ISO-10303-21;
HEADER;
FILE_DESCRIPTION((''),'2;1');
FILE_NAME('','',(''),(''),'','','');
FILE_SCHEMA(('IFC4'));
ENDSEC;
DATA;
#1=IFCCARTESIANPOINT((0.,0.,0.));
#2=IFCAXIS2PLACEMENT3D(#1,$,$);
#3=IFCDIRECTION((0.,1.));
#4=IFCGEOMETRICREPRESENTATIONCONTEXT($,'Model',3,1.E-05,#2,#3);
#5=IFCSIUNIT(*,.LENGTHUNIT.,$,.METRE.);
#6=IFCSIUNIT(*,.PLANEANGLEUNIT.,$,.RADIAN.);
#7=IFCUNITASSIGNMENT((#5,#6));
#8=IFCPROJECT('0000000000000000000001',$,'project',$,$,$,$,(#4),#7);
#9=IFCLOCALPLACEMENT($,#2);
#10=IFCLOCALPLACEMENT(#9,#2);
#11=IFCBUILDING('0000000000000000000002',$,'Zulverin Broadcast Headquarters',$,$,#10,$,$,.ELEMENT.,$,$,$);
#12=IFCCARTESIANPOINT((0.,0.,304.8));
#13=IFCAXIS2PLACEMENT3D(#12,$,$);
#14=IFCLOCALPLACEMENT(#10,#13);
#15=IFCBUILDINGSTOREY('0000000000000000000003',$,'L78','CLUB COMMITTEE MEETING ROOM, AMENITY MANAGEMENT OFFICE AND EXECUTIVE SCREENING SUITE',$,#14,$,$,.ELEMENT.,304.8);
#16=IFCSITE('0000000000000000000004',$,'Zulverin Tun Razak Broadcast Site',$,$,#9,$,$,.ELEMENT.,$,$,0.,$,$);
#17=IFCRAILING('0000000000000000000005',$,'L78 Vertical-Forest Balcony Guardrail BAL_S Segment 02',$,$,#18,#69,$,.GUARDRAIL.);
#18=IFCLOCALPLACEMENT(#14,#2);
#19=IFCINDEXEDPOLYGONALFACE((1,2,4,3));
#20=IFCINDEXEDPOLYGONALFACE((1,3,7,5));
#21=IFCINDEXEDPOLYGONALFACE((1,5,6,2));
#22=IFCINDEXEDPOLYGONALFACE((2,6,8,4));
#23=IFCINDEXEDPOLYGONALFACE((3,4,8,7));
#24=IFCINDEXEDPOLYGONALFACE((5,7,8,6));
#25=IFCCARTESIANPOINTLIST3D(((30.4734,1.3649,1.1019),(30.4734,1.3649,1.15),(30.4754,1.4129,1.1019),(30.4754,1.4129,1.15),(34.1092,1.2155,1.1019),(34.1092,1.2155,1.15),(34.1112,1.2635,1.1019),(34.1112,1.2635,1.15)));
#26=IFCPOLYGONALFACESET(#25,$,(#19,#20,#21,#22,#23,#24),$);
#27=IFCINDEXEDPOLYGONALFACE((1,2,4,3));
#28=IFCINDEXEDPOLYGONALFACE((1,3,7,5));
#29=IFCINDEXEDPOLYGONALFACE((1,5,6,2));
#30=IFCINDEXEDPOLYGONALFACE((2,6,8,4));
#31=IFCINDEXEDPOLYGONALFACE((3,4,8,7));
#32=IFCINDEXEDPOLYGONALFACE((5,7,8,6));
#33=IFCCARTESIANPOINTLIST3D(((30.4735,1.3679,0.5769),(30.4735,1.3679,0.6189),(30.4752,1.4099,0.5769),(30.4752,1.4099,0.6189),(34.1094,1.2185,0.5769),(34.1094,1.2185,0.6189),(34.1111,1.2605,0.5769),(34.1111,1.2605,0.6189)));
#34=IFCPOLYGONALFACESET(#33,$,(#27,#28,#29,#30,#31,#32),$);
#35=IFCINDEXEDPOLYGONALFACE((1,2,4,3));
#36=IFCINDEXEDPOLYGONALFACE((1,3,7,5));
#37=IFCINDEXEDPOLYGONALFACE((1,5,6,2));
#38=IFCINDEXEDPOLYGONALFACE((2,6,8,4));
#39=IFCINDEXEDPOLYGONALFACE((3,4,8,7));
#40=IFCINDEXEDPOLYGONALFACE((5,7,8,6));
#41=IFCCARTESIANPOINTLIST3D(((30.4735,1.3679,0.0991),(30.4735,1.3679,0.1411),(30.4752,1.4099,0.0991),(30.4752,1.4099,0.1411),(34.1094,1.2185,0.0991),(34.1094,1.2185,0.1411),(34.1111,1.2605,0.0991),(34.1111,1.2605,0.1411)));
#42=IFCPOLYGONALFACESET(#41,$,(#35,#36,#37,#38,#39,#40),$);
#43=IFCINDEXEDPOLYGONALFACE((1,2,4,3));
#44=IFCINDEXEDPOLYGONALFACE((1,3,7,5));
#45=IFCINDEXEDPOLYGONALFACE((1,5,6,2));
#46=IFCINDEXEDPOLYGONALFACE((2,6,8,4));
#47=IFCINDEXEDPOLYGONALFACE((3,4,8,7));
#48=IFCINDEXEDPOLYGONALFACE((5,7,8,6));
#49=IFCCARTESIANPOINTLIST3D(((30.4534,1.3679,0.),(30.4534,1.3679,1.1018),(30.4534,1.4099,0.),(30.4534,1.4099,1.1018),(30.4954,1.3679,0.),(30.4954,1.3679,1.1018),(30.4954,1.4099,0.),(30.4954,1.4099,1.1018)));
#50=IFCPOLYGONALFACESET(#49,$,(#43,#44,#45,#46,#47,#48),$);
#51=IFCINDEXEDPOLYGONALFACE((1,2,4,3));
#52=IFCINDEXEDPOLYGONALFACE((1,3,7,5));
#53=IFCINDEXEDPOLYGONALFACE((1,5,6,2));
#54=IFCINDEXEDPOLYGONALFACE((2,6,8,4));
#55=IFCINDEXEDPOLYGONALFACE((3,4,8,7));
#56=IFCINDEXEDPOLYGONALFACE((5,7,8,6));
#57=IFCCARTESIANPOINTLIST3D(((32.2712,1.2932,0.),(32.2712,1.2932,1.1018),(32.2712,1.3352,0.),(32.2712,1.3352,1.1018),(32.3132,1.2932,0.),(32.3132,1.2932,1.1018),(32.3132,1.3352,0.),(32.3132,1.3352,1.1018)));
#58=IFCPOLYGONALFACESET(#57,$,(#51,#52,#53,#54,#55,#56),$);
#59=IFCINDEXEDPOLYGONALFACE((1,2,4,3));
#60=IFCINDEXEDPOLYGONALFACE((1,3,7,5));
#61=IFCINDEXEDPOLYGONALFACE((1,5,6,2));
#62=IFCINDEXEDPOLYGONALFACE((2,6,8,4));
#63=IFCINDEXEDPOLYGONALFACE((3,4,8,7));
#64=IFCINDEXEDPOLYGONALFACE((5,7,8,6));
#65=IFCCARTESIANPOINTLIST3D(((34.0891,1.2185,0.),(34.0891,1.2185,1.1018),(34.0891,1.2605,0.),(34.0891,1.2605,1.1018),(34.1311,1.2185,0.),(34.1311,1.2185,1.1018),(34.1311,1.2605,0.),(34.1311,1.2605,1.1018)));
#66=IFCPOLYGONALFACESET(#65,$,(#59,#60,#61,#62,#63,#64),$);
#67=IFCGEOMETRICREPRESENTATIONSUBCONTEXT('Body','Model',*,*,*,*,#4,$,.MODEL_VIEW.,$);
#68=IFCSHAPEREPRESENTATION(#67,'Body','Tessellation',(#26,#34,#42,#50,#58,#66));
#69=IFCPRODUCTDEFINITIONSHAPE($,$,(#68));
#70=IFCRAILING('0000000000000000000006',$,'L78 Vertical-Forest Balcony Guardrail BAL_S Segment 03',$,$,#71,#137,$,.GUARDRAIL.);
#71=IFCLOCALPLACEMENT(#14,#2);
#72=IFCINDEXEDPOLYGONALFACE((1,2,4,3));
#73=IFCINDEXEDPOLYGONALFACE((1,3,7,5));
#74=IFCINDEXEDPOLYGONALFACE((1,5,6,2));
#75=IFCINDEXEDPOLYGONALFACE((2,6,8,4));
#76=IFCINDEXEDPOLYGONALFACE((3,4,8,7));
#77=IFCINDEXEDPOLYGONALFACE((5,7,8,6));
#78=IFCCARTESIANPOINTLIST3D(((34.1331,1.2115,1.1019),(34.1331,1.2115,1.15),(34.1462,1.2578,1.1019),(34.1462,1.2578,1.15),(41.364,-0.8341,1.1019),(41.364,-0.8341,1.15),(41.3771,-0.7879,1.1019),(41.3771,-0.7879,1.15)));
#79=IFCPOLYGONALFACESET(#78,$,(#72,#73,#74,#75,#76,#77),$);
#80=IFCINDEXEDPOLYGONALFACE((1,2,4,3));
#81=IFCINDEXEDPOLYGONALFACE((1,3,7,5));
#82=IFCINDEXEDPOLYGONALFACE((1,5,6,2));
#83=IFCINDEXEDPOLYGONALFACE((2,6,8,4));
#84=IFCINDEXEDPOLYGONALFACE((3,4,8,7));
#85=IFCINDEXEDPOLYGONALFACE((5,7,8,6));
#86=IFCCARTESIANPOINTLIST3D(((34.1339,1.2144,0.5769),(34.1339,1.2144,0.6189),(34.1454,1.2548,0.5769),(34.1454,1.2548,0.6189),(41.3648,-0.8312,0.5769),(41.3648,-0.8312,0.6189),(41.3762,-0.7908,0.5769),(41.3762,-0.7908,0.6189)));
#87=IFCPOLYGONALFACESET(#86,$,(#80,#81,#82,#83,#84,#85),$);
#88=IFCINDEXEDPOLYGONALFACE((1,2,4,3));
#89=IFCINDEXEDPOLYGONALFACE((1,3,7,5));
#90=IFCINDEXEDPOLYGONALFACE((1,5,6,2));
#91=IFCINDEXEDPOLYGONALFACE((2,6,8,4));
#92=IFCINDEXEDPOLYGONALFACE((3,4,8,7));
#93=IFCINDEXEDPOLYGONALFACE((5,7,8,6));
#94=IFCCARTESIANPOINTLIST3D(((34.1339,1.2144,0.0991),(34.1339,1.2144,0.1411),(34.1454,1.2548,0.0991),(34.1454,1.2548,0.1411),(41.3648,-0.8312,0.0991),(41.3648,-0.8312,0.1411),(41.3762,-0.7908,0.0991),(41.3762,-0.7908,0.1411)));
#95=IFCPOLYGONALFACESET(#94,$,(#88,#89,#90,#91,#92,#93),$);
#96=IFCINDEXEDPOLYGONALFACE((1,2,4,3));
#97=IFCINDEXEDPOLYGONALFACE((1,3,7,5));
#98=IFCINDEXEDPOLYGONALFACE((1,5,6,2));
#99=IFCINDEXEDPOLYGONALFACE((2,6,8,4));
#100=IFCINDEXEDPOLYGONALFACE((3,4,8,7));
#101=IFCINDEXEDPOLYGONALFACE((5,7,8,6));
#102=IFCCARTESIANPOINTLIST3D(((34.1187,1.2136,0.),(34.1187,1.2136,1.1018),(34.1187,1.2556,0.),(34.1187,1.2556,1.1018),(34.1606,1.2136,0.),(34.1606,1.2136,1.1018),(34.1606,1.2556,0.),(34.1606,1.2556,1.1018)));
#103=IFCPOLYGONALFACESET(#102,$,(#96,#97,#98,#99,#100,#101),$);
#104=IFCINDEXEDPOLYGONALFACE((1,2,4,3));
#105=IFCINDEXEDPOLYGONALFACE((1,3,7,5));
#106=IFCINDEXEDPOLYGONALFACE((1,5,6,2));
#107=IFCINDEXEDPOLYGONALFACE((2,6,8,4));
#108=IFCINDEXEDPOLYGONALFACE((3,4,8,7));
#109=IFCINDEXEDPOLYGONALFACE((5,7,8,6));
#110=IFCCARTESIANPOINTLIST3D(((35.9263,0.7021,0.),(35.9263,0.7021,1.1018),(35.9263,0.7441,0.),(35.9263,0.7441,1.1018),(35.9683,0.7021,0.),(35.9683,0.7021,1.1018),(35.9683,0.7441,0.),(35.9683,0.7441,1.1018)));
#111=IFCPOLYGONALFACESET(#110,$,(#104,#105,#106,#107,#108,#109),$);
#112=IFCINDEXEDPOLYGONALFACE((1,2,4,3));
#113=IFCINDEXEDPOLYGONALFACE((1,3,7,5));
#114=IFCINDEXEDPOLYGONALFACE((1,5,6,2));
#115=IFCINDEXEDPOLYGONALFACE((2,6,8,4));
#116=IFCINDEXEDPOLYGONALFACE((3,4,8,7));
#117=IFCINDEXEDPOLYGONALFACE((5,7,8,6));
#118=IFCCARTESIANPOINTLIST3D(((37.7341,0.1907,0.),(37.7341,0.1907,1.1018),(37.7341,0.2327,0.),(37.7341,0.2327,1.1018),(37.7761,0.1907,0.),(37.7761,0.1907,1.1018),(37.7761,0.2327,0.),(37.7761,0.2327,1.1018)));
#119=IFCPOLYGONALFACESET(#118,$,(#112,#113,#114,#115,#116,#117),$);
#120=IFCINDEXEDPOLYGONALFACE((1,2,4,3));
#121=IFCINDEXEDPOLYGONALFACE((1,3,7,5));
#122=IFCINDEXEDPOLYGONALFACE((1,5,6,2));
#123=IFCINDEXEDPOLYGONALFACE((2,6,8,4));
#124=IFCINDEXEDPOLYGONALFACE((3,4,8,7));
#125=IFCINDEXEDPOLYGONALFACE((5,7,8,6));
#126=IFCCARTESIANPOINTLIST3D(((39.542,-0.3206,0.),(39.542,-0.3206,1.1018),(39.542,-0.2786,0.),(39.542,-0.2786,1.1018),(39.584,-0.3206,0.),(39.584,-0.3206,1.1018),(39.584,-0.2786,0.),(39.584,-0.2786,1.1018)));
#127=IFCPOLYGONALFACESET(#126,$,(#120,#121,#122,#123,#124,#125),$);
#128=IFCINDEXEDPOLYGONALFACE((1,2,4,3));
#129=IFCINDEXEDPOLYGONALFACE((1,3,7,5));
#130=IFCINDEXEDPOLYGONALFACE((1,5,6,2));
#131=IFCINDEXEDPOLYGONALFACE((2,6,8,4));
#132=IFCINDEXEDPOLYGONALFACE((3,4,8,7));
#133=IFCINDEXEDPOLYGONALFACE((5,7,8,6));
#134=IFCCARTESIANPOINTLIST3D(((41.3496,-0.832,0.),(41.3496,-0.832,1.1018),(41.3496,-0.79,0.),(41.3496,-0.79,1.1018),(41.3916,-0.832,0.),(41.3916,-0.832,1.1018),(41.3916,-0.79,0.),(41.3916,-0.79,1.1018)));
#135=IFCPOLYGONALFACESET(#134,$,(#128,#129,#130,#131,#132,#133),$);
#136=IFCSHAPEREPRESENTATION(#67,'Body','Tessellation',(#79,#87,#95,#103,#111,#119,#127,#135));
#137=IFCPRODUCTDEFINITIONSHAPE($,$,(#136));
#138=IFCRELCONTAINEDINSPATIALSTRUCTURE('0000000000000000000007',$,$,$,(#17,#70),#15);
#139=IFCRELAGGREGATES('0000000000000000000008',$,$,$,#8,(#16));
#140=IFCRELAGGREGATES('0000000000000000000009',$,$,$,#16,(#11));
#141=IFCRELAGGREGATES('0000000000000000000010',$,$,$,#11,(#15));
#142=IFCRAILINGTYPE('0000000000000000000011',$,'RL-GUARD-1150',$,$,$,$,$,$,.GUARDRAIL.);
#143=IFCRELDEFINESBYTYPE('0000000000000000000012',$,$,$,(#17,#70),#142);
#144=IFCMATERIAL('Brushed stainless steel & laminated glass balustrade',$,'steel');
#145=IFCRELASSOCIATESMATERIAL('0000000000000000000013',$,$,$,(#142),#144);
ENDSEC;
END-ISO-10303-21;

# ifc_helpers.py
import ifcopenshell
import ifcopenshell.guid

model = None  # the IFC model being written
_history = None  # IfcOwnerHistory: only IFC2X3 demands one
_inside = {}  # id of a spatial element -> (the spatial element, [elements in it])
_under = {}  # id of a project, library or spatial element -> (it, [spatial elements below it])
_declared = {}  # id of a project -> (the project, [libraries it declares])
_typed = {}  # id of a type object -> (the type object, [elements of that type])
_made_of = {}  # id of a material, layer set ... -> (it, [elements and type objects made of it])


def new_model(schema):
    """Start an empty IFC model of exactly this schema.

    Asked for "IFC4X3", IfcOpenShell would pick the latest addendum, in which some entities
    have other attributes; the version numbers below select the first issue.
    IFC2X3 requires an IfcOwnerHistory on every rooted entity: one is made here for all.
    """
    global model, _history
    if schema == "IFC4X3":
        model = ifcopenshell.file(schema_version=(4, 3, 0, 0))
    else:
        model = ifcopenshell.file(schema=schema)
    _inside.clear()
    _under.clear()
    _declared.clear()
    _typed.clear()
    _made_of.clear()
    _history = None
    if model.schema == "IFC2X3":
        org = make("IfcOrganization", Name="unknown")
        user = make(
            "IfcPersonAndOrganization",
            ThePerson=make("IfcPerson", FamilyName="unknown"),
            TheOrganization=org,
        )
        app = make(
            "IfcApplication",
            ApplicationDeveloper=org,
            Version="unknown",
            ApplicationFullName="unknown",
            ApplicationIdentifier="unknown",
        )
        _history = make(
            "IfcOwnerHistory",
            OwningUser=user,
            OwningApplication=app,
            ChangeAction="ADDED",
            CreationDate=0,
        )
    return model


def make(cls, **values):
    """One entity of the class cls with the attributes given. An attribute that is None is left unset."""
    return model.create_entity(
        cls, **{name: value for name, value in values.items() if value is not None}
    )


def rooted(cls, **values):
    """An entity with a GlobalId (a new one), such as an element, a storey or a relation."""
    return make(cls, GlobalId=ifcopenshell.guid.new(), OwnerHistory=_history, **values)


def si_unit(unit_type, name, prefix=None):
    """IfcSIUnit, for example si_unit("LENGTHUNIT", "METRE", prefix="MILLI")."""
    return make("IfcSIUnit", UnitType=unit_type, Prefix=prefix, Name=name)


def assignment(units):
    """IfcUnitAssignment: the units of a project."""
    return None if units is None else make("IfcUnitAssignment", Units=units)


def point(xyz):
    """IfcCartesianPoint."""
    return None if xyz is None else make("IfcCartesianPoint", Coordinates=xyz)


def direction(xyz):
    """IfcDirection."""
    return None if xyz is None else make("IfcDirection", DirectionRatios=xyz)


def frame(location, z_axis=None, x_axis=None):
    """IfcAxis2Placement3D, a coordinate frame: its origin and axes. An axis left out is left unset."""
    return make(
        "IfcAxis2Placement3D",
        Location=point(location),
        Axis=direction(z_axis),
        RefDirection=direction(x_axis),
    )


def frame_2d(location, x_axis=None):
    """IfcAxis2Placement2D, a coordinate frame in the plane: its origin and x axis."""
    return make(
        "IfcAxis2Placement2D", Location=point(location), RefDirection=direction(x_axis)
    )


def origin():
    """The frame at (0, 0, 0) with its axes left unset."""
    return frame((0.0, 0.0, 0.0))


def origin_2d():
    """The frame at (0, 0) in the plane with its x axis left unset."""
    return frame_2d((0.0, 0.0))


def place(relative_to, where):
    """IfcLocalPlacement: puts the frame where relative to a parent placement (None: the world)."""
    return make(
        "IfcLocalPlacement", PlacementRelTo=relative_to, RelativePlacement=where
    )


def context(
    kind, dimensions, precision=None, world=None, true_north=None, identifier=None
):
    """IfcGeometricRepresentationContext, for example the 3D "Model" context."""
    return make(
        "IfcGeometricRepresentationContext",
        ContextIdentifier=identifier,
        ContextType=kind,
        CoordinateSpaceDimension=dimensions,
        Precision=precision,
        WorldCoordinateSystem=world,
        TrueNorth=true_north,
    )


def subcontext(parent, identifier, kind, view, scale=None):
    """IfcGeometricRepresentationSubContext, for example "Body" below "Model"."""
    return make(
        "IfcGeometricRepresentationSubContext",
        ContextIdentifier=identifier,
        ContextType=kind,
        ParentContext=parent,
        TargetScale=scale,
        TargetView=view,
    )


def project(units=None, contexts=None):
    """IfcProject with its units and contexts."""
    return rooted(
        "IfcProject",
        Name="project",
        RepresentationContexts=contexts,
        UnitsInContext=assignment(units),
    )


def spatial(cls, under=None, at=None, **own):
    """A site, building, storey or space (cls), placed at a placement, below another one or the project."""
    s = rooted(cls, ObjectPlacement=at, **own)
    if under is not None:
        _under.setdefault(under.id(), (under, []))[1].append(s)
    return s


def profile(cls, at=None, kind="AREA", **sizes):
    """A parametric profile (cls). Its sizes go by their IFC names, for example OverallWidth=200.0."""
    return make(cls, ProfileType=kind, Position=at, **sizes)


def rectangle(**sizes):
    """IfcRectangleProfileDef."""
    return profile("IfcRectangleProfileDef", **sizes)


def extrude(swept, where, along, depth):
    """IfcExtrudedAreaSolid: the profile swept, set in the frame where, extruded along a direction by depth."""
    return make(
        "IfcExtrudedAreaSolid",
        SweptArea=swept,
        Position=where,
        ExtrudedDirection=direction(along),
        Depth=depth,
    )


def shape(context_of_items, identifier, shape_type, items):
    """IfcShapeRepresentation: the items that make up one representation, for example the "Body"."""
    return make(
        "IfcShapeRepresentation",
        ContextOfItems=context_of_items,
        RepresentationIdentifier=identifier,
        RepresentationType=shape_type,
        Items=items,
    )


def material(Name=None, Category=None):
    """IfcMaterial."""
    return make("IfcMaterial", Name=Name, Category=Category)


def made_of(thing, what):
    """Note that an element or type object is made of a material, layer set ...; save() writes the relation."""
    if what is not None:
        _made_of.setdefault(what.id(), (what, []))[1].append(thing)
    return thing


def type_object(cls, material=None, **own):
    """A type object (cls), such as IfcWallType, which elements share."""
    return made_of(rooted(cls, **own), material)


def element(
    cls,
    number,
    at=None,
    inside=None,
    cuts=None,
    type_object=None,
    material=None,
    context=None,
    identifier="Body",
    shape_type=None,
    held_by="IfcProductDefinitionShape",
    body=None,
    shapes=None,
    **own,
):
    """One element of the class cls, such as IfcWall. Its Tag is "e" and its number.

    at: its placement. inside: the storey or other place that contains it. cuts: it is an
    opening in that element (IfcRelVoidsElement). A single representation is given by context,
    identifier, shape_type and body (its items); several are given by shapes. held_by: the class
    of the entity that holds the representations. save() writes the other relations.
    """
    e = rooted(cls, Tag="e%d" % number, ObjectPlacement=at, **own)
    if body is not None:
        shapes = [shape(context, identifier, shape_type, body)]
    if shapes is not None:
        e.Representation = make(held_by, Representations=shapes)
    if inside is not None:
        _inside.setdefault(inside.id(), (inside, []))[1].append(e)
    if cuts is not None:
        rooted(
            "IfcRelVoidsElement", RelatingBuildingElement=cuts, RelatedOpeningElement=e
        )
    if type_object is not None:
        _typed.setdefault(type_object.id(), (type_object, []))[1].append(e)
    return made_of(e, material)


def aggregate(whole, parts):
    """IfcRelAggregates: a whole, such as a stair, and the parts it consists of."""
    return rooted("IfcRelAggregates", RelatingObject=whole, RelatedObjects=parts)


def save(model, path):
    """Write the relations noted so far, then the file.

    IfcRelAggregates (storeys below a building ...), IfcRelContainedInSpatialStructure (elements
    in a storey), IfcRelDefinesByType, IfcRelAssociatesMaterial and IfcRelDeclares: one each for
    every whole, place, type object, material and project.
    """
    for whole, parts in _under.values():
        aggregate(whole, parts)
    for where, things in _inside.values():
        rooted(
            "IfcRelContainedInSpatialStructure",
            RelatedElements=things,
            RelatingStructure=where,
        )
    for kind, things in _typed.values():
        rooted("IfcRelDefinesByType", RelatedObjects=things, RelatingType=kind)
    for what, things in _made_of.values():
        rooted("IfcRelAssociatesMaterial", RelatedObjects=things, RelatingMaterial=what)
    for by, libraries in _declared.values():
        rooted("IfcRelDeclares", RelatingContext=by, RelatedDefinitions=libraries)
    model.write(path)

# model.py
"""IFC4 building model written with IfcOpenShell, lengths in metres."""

from ifc_helpers import new_model, si_unit, direction, frame, origin, origin_2d, place, context, subcontext, project, spatial, rectangle, extrude, material, type_object, element, save


model = new_model("IFC4")

# Units and contexts
model_context = context("Model", 3, precision=1e-05, world=origin(), true_north=direction((0.0, 1.0)))
body_context = subcontext(model_context, "Body", "Model", "MODEL_VIEW")
ifc_project = project(units=[si_unit("LENGTHUNIT", "METRE"), si_unit("PLANEANGLEUNIT", "RADIAN")], contexts=[model_context])

# Site, building, storey
site_placement = place(None, origin())
site = spatial("IfcSite", under=ifc_project, at=site_placement, Name="Zulverin Tun Razak Broadcast Site", CompositionType="ELEMENT", RefElevation=0.0)
building_placement = place(site_placement, origin())
building = spatial("IfcBuilding", under=site, at=building_placement, Name="Zulverin Broadcast Headquarters", CompositionType="ELEMENT")
storey_placement = place(building_placement, frame((0.0, 0.0, 304.8)))
storey = spatial("IfcBuildingStorey", under=building, at=storey_placement, Name="L78", Description="CLUB COMMITTEE MEETING ROOM, AMENITY MANAGEMENT OFFICE AND EXECUTIVE SCREENING SUITE", CompositionType="ELEMENT", Elevation=304.8)

# Railings
ifc_material_1 = material(Name="Brushed stainless steel & laminated glass balustrade", Category="steel")
railing_type = type_object("IfcRailingType", Name="RL-GUARD-1150", PredefinedType="GUARDRAIL", material=ifc_material_1)
railing_1_placement = place(storey_placement, frame((30.4744, 1.3889, 0.0)))
element("IfcRailing", 1, at=railing_1_placement, inside=storey, type_object=railing_type, Name="L78 Vertical-Forest Balcony Guardrail BAL_S Segment 02", PredefinedType="GUARDRAIL", context=body_context, shape_type="SweptSolid", body=[
    extrude(rectangle(XDim=0.0481, YDim=0.0481, at=origin_2d()), frame((0.0, 0.0, 1.126), z_axis=(0.999157, -0.041061, 0.0), x_axis=(0.041061, 0.999157, 0.0)), (0.0, 0.0, 1.0), 3.6389),
    extrude(rectangle(XDim=0.042, YDim=0.042, at=origin_2d()), frame((0.0, 0.0, 0.5979), z_axis=(0.999157, -0.041061, 0.0), x_axis=(0.041061, 0.999157, 0.0)), (0.0, 0.0, 1.0), 3.6389),
    extrude(rectangle(XDim=0.042, YDim=0.042, at=origin_2d()), frame((0.0, 0.0, 0.1201), z_axis=(0.999157, -0.041061, 0.0), x_axis=(0.041061, 0.999157, 0.0)), (0.0, 0.0, 1.0), 3.6389),
    extrude(rectangle(XDim=0.042, YDim=0.042, at=origin_2d()), origin(), (0.0, 0.0, 1.0), 1.1018),
    extrude(rectangle(XDim=0.042, YDim=0.042, at=origin_2d()), frame((1.8179, -0.0747, 0.0)), (0.0, 0.0, 1.0), 1.1018),
    extrude(rectangle(XDim=0.042, YDim=0.042, at=origin_2d()), frame((3.6357, -0.1494, 0.0)), (0.0, 0.0, 1.0), 1.1018),
])
railing_2_placement = place(storey_placement, frame((34.1396, 1.2346, 0.0)))
element("IfcRailing", 2, at=railing_2_placement, inside=storey, type_object=railing_type, Name="L78 Vertical-Forest Balcony Guardrail BAL_S Segment 03", PredefinedType="GUARDRAIL", context=body_context, shape_type="SweptSolid", body=[
    extrude(rectangle(XDim=0.0481, YDim=0.0481, at=origin_2d()), frame((0.0, 0.0, 1.126), z_axis=(0.962235, -0.272219, 0.0), x_axis=(0.272219, 0.962235, 0.0)), (0.0, 0.0, 1.0), 7.5146),
    extrude(rectangle(XDim=0.042, YDim=0.042, at=origin_2d()), frame((0.0, 0.0, 0.5979), z_axis=(0.962235, -0.272219, 0.0), x_axis=(0.272219, 0.962235, 0.0)), (0.0, 0.0, 1.0), 7.5146),
    extrude(rectangle(XDim=0.042, YDim=0.042, at=origin_2d()), frame((0.0, 0.0, 0.1201), z_axis=(0.962235, -0.272219, 0.0), x_axis=(0.272219, 0.962235, 0.0)), (0.0, 0.0, 1.0), 7.5146),
    extrude(rectangle(XDim=0.042, YDim=0.042, at=origin_2d()), origin(), (0.0, 0.0, 1.0), 1.1018),
    extrude(rectangle(XDim=0.042, YDim=0.042, at=origin_2d()), frame((1.8076, -0.5115, 0.0)), (0.0, 0.0, 1.0), 1.1018),
    extrude(rectangle(XDim=0.042, YDim=0.042, at=origin_2d()), frame((3.6155, -1.0229, 0.0)), (0.0, 0.0, 1.0), 1.1018),
    extrude(rectangle(XDim=0.042, YDim=0.042, at=origin_2d()), frame((5.4233, -1.5342, 0.0)), (0.0, 0.0, 1.0), 1.1018),
    extrude(rectangle(XDim=0.042, YDim=0.042, at=origin_2d()), frame((7.231, -2.0457, 0.0)), (0.0, 0.0, 1.0), 1.1018),
])

save(model, "model.ifc")
